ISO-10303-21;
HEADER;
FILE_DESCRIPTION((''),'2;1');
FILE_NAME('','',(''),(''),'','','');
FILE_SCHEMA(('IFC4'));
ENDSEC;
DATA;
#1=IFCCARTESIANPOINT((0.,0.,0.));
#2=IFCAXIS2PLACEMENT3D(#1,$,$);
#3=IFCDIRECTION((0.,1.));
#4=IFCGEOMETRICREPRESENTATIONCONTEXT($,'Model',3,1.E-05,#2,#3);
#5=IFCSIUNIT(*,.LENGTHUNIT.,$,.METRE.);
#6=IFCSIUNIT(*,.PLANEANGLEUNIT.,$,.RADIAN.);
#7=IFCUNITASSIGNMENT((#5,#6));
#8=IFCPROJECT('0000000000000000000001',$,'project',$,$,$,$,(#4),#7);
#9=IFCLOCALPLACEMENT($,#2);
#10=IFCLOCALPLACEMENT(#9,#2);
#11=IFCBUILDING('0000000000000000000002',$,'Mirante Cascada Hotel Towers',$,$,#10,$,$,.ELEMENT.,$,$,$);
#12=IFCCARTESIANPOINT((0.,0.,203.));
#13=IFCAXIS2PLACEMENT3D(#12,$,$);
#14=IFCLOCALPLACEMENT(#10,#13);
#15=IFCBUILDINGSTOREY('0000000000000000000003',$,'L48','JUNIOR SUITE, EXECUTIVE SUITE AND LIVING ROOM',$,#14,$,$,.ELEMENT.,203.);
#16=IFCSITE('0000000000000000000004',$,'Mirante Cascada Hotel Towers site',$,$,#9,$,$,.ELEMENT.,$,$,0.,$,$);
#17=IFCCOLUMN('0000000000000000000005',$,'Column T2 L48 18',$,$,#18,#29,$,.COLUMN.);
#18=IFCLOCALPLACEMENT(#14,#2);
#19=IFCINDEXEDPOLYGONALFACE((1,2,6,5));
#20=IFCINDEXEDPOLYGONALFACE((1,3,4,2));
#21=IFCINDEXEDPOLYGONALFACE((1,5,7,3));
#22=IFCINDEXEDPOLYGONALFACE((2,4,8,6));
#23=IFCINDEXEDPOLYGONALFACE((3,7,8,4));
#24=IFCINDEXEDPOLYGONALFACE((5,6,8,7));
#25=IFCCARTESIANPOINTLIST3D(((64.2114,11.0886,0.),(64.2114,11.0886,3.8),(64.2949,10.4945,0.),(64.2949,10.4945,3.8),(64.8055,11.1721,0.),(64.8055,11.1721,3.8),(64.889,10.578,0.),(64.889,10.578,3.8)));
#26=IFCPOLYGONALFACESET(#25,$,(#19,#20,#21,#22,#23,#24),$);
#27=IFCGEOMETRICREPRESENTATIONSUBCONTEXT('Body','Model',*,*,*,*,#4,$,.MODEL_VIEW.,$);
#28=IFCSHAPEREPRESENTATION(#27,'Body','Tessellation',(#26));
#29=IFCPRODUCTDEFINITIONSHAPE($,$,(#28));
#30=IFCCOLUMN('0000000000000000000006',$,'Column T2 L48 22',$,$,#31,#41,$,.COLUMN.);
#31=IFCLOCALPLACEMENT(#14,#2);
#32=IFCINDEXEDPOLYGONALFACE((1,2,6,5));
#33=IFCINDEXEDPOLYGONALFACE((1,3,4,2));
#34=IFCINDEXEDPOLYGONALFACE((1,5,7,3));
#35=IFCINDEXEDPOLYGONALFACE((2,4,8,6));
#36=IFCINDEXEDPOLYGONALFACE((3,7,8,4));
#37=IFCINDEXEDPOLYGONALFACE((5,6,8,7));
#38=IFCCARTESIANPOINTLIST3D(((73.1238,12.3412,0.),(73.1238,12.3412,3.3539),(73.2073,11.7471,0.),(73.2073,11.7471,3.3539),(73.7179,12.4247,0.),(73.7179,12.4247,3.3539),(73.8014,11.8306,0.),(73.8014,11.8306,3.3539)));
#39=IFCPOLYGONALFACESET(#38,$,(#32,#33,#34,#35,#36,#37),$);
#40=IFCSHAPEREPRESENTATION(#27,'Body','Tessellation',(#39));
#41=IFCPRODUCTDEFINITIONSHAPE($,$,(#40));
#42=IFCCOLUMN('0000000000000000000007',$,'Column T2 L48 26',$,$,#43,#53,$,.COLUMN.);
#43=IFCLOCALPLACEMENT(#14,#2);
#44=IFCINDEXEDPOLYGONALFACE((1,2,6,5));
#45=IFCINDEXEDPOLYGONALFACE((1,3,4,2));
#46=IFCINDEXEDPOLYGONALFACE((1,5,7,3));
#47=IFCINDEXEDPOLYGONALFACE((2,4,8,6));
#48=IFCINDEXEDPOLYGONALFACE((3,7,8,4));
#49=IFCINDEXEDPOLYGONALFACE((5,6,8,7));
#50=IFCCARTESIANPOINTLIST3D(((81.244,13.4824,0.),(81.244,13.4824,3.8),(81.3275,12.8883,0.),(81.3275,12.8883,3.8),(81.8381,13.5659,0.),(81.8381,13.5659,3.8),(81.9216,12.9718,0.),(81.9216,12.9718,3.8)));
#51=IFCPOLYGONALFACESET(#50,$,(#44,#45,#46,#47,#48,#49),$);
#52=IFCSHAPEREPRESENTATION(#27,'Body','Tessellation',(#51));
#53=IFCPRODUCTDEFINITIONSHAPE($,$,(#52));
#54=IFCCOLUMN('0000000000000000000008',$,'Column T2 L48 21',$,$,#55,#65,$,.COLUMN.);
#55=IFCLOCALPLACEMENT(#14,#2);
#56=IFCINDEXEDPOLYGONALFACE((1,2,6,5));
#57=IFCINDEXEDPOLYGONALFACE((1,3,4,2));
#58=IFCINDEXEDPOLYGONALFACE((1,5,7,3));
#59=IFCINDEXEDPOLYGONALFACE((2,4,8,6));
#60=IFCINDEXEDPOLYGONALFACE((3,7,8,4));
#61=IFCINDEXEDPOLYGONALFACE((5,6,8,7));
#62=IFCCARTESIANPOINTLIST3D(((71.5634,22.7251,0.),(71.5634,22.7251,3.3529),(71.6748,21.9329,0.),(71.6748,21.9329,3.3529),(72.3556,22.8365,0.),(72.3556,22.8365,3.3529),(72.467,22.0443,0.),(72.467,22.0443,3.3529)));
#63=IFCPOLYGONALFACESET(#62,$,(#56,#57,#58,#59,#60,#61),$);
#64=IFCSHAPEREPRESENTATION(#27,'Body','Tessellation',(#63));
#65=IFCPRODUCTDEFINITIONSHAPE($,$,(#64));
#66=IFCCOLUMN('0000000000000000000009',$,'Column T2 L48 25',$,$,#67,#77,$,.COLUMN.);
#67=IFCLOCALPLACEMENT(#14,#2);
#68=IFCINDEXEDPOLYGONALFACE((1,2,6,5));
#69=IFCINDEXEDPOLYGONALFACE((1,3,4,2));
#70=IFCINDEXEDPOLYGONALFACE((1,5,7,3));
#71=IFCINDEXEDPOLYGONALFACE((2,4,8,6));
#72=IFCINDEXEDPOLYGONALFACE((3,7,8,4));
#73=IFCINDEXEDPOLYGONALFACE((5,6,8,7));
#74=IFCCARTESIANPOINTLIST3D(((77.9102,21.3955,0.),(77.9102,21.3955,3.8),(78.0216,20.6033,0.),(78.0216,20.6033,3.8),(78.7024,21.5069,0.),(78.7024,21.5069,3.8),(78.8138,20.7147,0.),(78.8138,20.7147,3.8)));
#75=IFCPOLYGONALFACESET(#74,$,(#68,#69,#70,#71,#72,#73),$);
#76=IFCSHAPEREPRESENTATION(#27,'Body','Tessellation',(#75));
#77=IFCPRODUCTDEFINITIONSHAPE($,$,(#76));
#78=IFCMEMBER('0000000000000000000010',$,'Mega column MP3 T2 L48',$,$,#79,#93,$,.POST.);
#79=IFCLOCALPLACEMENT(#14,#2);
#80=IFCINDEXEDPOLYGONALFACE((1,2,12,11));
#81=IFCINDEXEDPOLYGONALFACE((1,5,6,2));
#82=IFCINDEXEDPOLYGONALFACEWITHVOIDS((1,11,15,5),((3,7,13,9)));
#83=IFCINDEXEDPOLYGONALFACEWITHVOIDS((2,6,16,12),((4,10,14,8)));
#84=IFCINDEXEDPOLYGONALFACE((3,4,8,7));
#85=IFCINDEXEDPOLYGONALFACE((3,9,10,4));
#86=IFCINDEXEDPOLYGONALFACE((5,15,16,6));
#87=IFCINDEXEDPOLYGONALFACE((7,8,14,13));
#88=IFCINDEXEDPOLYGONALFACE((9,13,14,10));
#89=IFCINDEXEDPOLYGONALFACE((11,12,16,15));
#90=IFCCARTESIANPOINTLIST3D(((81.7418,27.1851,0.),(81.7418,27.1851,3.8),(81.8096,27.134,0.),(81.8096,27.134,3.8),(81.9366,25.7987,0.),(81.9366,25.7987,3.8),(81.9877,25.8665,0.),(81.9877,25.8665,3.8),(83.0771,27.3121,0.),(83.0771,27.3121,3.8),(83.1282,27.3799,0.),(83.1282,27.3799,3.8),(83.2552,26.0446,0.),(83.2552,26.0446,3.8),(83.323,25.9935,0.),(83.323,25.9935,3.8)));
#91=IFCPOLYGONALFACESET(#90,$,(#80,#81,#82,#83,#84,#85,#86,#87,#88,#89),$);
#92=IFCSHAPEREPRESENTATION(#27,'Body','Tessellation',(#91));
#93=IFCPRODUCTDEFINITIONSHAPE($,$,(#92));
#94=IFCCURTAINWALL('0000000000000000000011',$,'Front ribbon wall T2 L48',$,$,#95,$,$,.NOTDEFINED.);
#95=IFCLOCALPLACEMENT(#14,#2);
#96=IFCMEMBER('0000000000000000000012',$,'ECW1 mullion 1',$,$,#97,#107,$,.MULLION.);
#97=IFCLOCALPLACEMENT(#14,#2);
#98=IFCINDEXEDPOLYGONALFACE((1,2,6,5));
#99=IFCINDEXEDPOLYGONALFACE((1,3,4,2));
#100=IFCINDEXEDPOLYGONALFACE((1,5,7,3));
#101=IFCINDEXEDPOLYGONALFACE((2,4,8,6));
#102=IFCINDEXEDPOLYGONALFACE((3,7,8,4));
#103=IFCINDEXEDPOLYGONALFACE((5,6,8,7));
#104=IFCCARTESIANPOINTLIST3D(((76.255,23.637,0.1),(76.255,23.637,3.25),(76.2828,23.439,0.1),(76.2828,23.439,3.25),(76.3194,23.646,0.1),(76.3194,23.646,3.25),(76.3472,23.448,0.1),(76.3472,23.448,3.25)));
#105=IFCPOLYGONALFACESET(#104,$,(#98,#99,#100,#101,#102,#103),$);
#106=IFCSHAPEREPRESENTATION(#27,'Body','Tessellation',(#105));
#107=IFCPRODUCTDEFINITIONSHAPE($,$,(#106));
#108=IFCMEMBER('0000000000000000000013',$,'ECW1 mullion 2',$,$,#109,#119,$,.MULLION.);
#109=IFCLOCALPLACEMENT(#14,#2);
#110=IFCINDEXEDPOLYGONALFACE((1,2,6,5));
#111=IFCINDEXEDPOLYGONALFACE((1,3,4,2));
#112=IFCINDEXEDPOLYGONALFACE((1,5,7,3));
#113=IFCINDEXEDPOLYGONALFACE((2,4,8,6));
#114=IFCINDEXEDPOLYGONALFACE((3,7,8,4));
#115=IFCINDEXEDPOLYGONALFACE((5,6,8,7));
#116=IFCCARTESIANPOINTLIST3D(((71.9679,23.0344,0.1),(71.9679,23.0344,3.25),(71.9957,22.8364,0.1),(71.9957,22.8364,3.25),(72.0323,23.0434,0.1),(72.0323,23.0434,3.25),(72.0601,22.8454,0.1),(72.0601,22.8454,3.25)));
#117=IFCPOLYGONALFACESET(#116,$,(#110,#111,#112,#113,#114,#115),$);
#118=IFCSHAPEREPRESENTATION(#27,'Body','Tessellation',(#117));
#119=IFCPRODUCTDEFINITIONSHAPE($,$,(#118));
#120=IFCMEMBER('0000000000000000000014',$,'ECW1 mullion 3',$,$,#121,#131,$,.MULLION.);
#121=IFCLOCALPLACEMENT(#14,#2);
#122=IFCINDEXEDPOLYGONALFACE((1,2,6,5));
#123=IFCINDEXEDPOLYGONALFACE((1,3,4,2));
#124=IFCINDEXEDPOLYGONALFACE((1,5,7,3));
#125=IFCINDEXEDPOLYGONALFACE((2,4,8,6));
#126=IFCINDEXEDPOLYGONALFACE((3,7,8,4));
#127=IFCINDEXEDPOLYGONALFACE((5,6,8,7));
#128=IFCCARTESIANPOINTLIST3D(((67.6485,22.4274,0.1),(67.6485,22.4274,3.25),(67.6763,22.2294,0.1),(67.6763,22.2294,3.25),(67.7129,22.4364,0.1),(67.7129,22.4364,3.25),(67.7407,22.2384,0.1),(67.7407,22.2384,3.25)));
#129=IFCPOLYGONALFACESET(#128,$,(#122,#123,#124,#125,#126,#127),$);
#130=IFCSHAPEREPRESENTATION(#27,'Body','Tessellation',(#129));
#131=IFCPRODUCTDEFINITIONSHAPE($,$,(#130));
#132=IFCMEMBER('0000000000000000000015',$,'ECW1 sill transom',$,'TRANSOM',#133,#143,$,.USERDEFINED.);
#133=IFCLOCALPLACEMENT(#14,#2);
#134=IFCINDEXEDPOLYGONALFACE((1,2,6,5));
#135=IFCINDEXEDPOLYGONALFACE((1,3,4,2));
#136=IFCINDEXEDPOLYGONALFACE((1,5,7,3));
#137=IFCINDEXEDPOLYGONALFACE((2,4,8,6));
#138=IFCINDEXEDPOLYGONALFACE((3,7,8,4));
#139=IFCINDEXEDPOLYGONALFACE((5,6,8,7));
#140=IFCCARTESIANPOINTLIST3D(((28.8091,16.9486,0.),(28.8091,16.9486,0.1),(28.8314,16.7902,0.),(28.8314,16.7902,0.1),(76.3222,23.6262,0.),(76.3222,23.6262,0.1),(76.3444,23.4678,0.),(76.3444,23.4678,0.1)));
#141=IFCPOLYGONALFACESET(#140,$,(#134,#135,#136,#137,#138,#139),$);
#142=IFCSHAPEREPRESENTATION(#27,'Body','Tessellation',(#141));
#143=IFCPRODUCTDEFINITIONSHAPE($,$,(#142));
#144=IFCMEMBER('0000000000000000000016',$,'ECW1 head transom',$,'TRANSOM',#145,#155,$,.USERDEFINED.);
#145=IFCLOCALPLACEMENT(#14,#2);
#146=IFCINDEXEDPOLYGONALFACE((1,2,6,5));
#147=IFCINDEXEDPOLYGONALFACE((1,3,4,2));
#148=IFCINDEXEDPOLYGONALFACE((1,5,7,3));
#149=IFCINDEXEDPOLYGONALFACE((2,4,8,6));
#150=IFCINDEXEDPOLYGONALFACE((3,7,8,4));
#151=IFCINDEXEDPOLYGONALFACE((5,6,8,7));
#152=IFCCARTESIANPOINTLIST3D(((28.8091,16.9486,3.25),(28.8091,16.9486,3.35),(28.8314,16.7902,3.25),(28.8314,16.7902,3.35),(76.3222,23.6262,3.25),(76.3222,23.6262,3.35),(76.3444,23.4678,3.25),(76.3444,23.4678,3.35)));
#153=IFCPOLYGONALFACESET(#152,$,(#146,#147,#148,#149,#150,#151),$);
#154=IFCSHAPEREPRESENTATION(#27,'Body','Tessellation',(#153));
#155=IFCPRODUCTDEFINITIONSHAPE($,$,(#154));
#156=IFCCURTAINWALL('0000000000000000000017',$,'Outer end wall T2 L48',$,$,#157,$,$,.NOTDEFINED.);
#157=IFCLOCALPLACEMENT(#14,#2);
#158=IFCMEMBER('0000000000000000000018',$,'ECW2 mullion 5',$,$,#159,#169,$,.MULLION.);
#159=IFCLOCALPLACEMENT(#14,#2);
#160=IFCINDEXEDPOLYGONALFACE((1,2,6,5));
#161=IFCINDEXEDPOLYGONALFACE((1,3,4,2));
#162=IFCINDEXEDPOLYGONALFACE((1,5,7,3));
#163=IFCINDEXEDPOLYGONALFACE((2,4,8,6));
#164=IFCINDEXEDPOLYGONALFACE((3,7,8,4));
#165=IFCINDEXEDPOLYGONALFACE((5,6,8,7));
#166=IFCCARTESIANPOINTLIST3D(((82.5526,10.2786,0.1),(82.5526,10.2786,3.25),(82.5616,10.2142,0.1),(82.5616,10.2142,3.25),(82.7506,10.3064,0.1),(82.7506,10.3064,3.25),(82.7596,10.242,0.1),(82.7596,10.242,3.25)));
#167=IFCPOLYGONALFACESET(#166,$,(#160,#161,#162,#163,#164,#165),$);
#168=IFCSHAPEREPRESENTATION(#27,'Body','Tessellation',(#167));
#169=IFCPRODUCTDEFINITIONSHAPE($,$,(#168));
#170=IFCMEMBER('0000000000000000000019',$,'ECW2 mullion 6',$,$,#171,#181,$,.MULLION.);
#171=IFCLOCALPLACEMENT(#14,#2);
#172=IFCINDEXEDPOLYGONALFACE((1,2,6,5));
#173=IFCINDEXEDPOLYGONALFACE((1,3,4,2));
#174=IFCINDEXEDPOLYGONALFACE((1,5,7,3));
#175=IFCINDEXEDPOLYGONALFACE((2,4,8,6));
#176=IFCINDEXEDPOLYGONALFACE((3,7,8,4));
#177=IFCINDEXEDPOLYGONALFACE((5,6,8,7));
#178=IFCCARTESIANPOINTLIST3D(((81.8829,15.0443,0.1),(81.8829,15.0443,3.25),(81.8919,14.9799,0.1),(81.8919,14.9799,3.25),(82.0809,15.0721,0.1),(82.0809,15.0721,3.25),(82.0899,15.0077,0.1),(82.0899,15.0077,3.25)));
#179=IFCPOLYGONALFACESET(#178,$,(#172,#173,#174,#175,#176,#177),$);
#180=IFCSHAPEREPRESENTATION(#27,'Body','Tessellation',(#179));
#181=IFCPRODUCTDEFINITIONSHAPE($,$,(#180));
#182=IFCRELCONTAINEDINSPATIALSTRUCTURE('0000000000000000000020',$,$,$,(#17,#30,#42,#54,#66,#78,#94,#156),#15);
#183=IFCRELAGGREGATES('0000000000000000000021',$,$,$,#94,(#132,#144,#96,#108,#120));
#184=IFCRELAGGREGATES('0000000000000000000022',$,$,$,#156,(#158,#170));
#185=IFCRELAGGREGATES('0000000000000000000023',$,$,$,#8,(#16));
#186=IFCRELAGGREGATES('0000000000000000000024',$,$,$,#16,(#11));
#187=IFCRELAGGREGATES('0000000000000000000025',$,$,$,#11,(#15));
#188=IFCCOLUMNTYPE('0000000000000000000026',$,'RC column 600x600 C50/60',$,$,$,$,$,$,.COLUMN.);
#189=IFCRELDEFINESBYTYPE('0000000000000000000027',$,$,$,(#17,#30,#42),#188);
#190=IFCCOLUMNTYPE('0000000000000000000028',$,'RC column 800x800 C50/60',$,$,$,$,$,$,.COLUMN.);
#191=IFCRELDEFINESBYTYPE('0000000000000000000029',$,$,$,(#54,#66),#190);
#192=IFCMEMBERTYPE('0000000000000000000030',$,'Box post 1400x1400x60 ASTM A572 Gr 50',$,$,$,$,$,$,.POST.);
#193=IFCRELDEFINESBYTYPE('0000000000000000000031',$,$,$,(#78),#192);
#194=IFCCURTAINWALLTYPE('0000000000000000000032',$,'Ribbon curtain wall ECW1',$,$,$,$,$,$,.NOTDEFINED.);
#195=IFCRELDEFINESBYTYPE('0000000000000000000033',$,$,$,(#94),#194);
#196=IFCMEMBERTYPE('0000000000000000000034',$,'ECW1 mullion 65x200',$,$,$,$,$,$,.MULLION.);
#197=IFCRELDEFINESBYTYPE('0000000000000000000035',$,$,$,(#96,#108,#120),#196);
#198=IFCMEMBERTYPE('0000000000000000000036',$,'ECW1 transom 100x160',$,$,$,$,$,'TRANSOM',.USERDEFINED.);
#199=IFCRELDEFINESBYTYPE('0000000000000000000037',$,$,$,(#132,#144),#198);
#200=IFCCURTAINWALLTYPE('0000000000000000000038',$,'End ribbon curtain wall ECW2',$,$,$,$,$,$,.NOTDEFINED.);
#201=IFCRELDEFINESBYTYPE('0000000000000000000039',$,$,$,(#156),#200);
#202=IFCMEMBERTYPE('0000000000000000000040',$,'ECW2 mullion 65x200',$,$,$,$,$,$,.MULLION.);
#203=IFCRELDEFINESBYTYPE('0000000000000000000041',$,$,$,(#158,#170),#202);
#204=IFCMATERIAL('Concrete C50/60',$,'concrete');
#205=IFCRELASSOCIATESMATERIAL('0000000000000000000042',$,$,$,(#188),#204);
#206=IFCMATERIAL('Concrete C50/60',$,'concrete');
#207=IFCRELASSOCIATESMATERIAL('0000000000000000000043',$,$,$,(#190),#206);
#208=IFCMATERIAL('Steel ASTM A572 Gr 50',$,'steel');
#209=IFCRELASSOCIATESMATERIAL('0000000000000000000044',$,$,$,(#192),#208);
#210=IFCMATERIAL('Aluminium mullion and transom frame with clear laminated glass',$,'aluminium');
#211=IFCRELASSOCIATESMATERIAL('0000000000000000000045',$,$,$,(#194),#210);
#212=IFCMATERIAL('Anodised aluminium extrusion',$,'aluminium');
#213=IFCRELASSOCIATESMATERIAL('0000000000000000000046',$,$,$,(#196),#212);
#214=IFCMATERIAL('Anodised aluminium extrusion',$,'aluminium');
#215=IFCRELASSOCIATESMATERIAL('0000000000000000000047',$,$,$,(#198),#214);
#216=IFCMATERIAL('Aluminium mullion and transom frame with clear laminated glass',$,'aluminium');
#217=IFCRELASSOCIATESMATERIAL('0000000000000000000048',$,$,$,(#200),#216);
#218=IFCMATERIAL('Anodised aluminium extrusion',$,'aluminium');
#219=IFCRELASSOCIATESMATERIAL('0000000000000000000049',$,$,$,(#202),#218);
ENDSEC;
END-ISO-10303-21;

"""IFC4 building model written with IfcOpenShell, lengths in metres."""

from ifc_helpers import new_model, si_unit, direction, frame, origin, origin_2d, place, context, subcontext, project, spatial, rectangle, hollow_rectangle, extrude, material, material_profile, profile_set, type_object, element, aggregate, save


model = new_model("IFC4")

# Units and contexts
model_context = context("Model", 3, precision=1e-05, world=origin(), true_north=direction((0.0, 1.0)))
body_context = subcontext(model_context, "Body", "Model", "MODEL_VIEW")
ifc_project = project(units=[si_unit("LENGTHUNIT", "METRE"), si_unit("PLANEANGLEUNIT", "RADIAN")], contexts=[model_context])

# Site, building, storey
site_placement = place(None, origin())
site = spatial("IfcSite", under=ifc_project, at=site_placement, Name="Mirante Cascada Hotel Towers site", CompositionType="ELEMENT", RefElevation=0.0)
building_placement = place(site_placement, origin())
building = spatial("IfcBuilding", under=site, at=building_placement, Name="Mirante Cascada Hotel Towers", CompositionType="ELEMENT")
storey_placement = place(building_placement, frame((0.0, 0.0, 203.0)))
storey = spatial("IfcBuildingStorey", under=building, at=storey_placement, Name="L48", Description="JUNIOR SUITE, EXECUTIVE SUITE AND LIVING ROOM", CompositionType="ELEMENT", Elevation=203.0)

# Columns
ifc_material_1 = material(Name="Concrete C50/60", Category="concrete")
ifc_material_profile_1 = material_profile(ifc_material_1, rectangle(XDim=0.6, YDim=0.6, at=origin_2d()), Name="RC column 600x600 C50/60")
ifc_profile_set_1 = profile_set([ifc_material_profile_1], Name="Concrete C50/60")
column_type_1 = type_object("IfcColumnType", Name="RC column 600x600 C50/60", PredefinedType="COLUMN", material=ifc_profile_set_1)
column_1_placement = place(storey_placement, frame((64.5502, 10.8333, 0.0), z_axis=(0.0, 0.0, 1.0), x_axis=(0.990268, 0.139173, 0.0)))
element("IfcColumn", 1, at=column_1_placement, inside=storey, type_object=column_type_1, Name="Column T2 L48 18", PredefinedType="COLUMN", context=body_context, shape_type="SweptSolid", body=[
    extrude(rectangle(XDim=0.6, YDim=0.6, at=origin_2d()), origin(), (0.0, 0.0, 1.0), 3.8),
])
column_2_placement = place(storey_placement, frame((73.4626, 12.0859, 0.0), z_axis=(0.0, 0.0, 1.0), x_axis=(0.990268, 0.139173, 0.0)))
element("IfcColumn", 2, at=column_2_placement, inside=storey, type_object=column_type_1, Name="Column T2 L48 22", PredefinedType="COLUMN", context=body_context, shape_type="SweptSolid", body=[
    extrude(rectangle(XDim=0.6, YDim=0.6, at=origin_2d()), origin(), (0.0, 0.0, 1.0), 3.3539),
])
column_3_placement = place(storey_placement, frame((81.5828, 13.2271, 0.0), z_axis=(0.0, 0.0, 1.0), x_axis=(0.990268, 0.139173, 0.0)))
element("IfcColumn", 3, at=column_3_placement, inside=storey, type_object=column_type_1, Name="Column T2 L48 26", PredefinedType="COLUMN", context=body_context, shape_type="SweptSolid", body=[
    extrude(rectangle(XDim=0.6, YDim=0.6, at=origin_2d()), origin(), (0.0, 0.0, 1.0), 3.8),
])
ifc_material_2 = material(Name="Concrete C50/60", Category="concrete")
ifc_material_profile_2 = material_profile(ifc_material_2, rectangle(XDim=0.8, YDim=0.8, at=origin_2d()), Name="RC column 800x800 C50/60")
ifc_profile_set_2 = profile_set([ifc_material_profile_2], Name="Concrete C50/60")
column_type_2 = type_object("IfcColumnType", Name="RC column 800x800 C50/60", PredefinedType="COLUMN", material=ifc_profile_set_2)
column_4_placement = place(storey_placement, frame((72.0152, 22.3847, 0.0), z_axis=(0.0, 0.0, 1.0), x_axis=(0.990268, 0.139173, 0.0)))
element("IfcColumn", 4, at=column_4_placement, inside=storey, type_object=column_type_2, Name="Column T2 L48 21", PredefinedType="COLUMN", context=body_context, shape_type="SweptSolid", body=[
    extrude(rectangle(XDim=0.8, YDim=0.8, at=origin_2d()), origin(), (0.0, 0.0, 1.0), 3.3529),
])
column_5_placement = place(storey_placement, frame((78.362, 21.0551, 0.0), z_axis=(0.0, 0.0, 1.0), x_axis=(0.990268, 0.139173, 0.0)))
element("IfcColumn", 5, at=column_5_placement, inside=storey, type_object=column_type_2, Name="Column T2 L48 25", PredefinedType="COLUMN", context=body_context, shape_type="SweptSolid", body=[
    extrude(rectangle(XDim=0.8, YDim=0.8, at=origin_2d()), origin(), (0.0, 0.0, 1.0), 3.8),
])

# Member
ifc_material_3 = material(Name="Steel ASTM A572 Gr 50", Category="steel")
ifc_material_profile_3 = material_profile(ifc_material_3, hollow_rectangle(XDim=1.4, YDim=1.4, WallThickness=0.06, at=origin_2d()), Name="Box post 1400x1400x60 ASTM A572 Gr 50")
ifc_profile_set_3 = profile_set([ifc_material_profile_3], Name="Steel ASTM A572 Gr 50")
member_type_1 = type_object("IfcMemberType", Name="Box post 1400x1400x60 ASTM A572 Gr 50", PredefinedType="POST", material=ifc_profile_set_3)
member_1_placement = place(storey_placement, frame((82.5324, 26.5893, 0.0), z_axis=(0.0, 0.0, 1.0), x_axis=(0.990268, 0.139173, 0.0)))
element("IfcMember", 6, at=member_1_placement, inside=storey, type_object=member_type_1, Name="Mega column MP3 T2 L48", PredefinedType="POST", context=body_context, shape_type="SweptSolid", body=[
    extrude(hollow_rectangle(XDim=1.4, YDim=1.4, WallThickness=0.06, at=origin_2d()), origin(), (0.0, 0.0, 1.0), 3.8),
])

# Curtain walls, members
ifc_material_4 = material(Name="Aluminium mullion and transom frame with clear laminated glass", Category="aluminium")
curtain_wall_type_1 = type_object("IfcCurtainWallType", Name="Ribbon curtain wall ECW1", PredefinedType="NOTDEFINED", material=ifc_material_4)
curtain_wall_1_placement = place(storey_placement, origin())
curtain_wall_1 = element("IfcCurtainWall", 7, at=curtain_wall_1_placement, inside=storey, type_object=curtain_wall_type_1, Name="Front ribbon wall T2 L48", PredefinedType="NOTDEFINED")
ifc_material_5 = material(Name="Anodised aluminium extrusion", Category="aluminium")
ifc_material_profile_4 = material_profile(ifc_material_5, rectangle(XDim=0.2, YDim=0.065, at=origin_2d()), Name="ECW1 MULLION 65x200")
ifc_profile_set_4 = profile_set([ifc_material_profile_4], Name="Anodised aluminium extrusion")
member_type_2 = type_object("IfcMemberType", Name="ECW1 mullion 65x200", PredefinedType="MULLION", material=ifc_profile_set_4)
member_2_placement = place(storey_placement, frame((76.3011, 23.5425, 0.1), z_axis=(0.0, 0.0, 1.0), x_axis=(0.139173, -0.990268, 0.0)))
member_2 = element("IfcMember", 8, at=member_2_placement, type_object=member_type_2, Name="ECW1 mullion 1", PredefinedType="MULLION", context=body_context, shape_type="SweptSolid", body=[
    extrude(rectangle(XDim=0.2, YDim=0.065, at=origin_2d()), origin(), (0.0, 0.0, 1.0), 3.15),
])
member_3_placement = place(storey_placement, frame((72.014, 22.9399, 0.1), z_axis=(0.0, 0.0, 1.0), x_axis=(0.139173, -0.990268, 0.0)))
member_3 = element("IfcMember", 9, at=member_3_placement, type_object=member_type_2, Name="ECW1 mullion 2", PredefinedType="MULLION", context=body_context, shape_type="SweptSolid", body=[
    extrude(rectangle(XDim=0.2, YDim=0.065, at=origin_2d()), origin(), (0.0, 0.0, 1.0), 3.15),
])
member_4_placement = place(storey_placement, frame((67.6946, 22.3329, 0.1), z_axis=(0.0, 0.0, 1.0), x_axis=(0.139173, -0.990268, 0.0)))
member_4 = element("IfcMember", 10, at=member_4_placement, type_object=member_type_2, Name="ECW1 mullion 3", PredefinedType="MULLION", context=body_context, shape_type="SweptSolid", body=[
    extrude(rectangle(XDim=0.2, YDim=0.065, at=origin_2d()), origin(), (0.0, 0.0, 1.0), 3.15),
])
ifc_material_6 = material(Name="Anodised aluminium extrusion", Category="aluminium")
ifc_material_profile_5 = material_profile(ifc_material_6, rectangle(XDim=0.16, YDim=0.1, at=origin_2d()), Name="ECW1 TRANSOM 100x160")
ifc_profile_set_5 = profile_set([ifc_material_profile_5], Name="Anodised aluminium extrusion")
member_type_3 = type_object("IfcMemberType", Name="ECW1 transom 100x160", ElementType="TRANSOM", PredefinedType="USERDEFINED", material=ifc_profile_set_5)
member_5_placement = place(storey_placement, frame((76.3333, 23.547, 0.05), z_axis=(-0.990268, -0.139175, 0.0), x_axis=(0.139175, -0.990268, 0.0)))
member_5 = element("IfcMember", 11, at=member_5_placement, type_object=member_type_3, Name="ECW1 sill transom", ObjectType="TRANSOM", PredefinedType="USERDEFINED", context=body_context, shape_type="SweptSolid", body=[
    extrude(rectangle(XDim=0.16, YDim=0.1, at=origin_2d()), origin(), (0.0, 0.0, 1.0), 47.98),
])
member_6_placement = place(storey_placement, frame((76.3333, 23.547, 3.3), z_axis=(-0.990268, -0.139175, 0.0), x_axis=(0.139175, -0.990268, 0.0)))
member_6 = element("IfcMember", 12, at=member_6_placement, type_object=member_type_3, Name="ECW1 head transom", ObjectType="TRANSOM", PredefinedType="USERDEFINED", context=body_context, shape_type="SweptSolid", body=[
    extrude(rectangle(XDim=0.16, YDim=0.1, at=origin_2d()), origin(), (0.0, 0.0, 1.0), 47.98),
])
ifc_material_7 = material(Name="Aluminium mullion and transom frame with clear laminated glass", Category="aluminium")
curtain_wall_type_2 = type_object("IfcCurtainWallType", Name="End ribbon curtain wall ECW2", PredefinedType="NOTDEFINED", material=ifc_material_7)
curtain_wall_2_placement = place(storey_placement, origin())
curtain_wall_2 = element("IfcCurtainWall", 13, at=curtain_wall_2_placement, inside=storey, type_object=curtain_wall_type_2, Name="Outer end wall T2 L48", PredefinedType="NOTDEFINED")
ifc_material_8 = material(Name="Anodised aluminium extrusion", Category="aluminium")
ifc_material_profile_6 = material_profile(ifc_material_8, rectangle(XDim=0.2, YDim=0.065, at=origin_2d()), Name="ECW2 MULLION 65x200")
ifc_profile_set_6 = profile_set([ifc_material_profile_6], Name="Anodised aluminium extrusion")
member_type_4 = type_object("IfcMemberType", Name="ECW2 mullion 65x200", PredefinedType="MULLION", material=ifc_profile_set_6)
member_7_placement = place(storey_placement, frame((82.6561, 10.2603, 0.1), z_axis=(0.0, 0.0, 1.0), x_axis=(-0.990268, -0.139173, 0.0)))
member_7 = element("IfcMember", 14, at=member_7_placement, type_object=member_type_4, Name="ECW2 mullion 5", PredefinedType="MULLION", context=body_context, shape_type="SweptSolid", body=[
    extrude(rectangle(XDim=0.2, YDim=0.065, at=origin_2d()), origin(), (0.0, 0.0, 1.0), 3.15),
])
member_8_placement = place(storey_placement, frame((81.9864, 15.026, 0.1), z_axis=(0.0, 0.0, 1.0), x_axis=(-0.990268, -0.139173, 0.0)))
member_8 = element("IfcMember", 15, at=member_8_placement, type_object=member_type_4, Name="ECW2 mullion 6", PredefinedType="MULLION", context=body_context, shape_type="SweptSolid", body=[
    extrude(rectangle(XDim=0.2, YDim=0.065, at=origin_2d()), origin(), (0.0, 0.0, 1.0), 3.15),
])

aggregate(curtain_wall_1, [member_5, member_6, member_2, member_3, member_4])
aggregate(curtain_wall_2, [member_7, member_8])

save(model, "model.ifc")
